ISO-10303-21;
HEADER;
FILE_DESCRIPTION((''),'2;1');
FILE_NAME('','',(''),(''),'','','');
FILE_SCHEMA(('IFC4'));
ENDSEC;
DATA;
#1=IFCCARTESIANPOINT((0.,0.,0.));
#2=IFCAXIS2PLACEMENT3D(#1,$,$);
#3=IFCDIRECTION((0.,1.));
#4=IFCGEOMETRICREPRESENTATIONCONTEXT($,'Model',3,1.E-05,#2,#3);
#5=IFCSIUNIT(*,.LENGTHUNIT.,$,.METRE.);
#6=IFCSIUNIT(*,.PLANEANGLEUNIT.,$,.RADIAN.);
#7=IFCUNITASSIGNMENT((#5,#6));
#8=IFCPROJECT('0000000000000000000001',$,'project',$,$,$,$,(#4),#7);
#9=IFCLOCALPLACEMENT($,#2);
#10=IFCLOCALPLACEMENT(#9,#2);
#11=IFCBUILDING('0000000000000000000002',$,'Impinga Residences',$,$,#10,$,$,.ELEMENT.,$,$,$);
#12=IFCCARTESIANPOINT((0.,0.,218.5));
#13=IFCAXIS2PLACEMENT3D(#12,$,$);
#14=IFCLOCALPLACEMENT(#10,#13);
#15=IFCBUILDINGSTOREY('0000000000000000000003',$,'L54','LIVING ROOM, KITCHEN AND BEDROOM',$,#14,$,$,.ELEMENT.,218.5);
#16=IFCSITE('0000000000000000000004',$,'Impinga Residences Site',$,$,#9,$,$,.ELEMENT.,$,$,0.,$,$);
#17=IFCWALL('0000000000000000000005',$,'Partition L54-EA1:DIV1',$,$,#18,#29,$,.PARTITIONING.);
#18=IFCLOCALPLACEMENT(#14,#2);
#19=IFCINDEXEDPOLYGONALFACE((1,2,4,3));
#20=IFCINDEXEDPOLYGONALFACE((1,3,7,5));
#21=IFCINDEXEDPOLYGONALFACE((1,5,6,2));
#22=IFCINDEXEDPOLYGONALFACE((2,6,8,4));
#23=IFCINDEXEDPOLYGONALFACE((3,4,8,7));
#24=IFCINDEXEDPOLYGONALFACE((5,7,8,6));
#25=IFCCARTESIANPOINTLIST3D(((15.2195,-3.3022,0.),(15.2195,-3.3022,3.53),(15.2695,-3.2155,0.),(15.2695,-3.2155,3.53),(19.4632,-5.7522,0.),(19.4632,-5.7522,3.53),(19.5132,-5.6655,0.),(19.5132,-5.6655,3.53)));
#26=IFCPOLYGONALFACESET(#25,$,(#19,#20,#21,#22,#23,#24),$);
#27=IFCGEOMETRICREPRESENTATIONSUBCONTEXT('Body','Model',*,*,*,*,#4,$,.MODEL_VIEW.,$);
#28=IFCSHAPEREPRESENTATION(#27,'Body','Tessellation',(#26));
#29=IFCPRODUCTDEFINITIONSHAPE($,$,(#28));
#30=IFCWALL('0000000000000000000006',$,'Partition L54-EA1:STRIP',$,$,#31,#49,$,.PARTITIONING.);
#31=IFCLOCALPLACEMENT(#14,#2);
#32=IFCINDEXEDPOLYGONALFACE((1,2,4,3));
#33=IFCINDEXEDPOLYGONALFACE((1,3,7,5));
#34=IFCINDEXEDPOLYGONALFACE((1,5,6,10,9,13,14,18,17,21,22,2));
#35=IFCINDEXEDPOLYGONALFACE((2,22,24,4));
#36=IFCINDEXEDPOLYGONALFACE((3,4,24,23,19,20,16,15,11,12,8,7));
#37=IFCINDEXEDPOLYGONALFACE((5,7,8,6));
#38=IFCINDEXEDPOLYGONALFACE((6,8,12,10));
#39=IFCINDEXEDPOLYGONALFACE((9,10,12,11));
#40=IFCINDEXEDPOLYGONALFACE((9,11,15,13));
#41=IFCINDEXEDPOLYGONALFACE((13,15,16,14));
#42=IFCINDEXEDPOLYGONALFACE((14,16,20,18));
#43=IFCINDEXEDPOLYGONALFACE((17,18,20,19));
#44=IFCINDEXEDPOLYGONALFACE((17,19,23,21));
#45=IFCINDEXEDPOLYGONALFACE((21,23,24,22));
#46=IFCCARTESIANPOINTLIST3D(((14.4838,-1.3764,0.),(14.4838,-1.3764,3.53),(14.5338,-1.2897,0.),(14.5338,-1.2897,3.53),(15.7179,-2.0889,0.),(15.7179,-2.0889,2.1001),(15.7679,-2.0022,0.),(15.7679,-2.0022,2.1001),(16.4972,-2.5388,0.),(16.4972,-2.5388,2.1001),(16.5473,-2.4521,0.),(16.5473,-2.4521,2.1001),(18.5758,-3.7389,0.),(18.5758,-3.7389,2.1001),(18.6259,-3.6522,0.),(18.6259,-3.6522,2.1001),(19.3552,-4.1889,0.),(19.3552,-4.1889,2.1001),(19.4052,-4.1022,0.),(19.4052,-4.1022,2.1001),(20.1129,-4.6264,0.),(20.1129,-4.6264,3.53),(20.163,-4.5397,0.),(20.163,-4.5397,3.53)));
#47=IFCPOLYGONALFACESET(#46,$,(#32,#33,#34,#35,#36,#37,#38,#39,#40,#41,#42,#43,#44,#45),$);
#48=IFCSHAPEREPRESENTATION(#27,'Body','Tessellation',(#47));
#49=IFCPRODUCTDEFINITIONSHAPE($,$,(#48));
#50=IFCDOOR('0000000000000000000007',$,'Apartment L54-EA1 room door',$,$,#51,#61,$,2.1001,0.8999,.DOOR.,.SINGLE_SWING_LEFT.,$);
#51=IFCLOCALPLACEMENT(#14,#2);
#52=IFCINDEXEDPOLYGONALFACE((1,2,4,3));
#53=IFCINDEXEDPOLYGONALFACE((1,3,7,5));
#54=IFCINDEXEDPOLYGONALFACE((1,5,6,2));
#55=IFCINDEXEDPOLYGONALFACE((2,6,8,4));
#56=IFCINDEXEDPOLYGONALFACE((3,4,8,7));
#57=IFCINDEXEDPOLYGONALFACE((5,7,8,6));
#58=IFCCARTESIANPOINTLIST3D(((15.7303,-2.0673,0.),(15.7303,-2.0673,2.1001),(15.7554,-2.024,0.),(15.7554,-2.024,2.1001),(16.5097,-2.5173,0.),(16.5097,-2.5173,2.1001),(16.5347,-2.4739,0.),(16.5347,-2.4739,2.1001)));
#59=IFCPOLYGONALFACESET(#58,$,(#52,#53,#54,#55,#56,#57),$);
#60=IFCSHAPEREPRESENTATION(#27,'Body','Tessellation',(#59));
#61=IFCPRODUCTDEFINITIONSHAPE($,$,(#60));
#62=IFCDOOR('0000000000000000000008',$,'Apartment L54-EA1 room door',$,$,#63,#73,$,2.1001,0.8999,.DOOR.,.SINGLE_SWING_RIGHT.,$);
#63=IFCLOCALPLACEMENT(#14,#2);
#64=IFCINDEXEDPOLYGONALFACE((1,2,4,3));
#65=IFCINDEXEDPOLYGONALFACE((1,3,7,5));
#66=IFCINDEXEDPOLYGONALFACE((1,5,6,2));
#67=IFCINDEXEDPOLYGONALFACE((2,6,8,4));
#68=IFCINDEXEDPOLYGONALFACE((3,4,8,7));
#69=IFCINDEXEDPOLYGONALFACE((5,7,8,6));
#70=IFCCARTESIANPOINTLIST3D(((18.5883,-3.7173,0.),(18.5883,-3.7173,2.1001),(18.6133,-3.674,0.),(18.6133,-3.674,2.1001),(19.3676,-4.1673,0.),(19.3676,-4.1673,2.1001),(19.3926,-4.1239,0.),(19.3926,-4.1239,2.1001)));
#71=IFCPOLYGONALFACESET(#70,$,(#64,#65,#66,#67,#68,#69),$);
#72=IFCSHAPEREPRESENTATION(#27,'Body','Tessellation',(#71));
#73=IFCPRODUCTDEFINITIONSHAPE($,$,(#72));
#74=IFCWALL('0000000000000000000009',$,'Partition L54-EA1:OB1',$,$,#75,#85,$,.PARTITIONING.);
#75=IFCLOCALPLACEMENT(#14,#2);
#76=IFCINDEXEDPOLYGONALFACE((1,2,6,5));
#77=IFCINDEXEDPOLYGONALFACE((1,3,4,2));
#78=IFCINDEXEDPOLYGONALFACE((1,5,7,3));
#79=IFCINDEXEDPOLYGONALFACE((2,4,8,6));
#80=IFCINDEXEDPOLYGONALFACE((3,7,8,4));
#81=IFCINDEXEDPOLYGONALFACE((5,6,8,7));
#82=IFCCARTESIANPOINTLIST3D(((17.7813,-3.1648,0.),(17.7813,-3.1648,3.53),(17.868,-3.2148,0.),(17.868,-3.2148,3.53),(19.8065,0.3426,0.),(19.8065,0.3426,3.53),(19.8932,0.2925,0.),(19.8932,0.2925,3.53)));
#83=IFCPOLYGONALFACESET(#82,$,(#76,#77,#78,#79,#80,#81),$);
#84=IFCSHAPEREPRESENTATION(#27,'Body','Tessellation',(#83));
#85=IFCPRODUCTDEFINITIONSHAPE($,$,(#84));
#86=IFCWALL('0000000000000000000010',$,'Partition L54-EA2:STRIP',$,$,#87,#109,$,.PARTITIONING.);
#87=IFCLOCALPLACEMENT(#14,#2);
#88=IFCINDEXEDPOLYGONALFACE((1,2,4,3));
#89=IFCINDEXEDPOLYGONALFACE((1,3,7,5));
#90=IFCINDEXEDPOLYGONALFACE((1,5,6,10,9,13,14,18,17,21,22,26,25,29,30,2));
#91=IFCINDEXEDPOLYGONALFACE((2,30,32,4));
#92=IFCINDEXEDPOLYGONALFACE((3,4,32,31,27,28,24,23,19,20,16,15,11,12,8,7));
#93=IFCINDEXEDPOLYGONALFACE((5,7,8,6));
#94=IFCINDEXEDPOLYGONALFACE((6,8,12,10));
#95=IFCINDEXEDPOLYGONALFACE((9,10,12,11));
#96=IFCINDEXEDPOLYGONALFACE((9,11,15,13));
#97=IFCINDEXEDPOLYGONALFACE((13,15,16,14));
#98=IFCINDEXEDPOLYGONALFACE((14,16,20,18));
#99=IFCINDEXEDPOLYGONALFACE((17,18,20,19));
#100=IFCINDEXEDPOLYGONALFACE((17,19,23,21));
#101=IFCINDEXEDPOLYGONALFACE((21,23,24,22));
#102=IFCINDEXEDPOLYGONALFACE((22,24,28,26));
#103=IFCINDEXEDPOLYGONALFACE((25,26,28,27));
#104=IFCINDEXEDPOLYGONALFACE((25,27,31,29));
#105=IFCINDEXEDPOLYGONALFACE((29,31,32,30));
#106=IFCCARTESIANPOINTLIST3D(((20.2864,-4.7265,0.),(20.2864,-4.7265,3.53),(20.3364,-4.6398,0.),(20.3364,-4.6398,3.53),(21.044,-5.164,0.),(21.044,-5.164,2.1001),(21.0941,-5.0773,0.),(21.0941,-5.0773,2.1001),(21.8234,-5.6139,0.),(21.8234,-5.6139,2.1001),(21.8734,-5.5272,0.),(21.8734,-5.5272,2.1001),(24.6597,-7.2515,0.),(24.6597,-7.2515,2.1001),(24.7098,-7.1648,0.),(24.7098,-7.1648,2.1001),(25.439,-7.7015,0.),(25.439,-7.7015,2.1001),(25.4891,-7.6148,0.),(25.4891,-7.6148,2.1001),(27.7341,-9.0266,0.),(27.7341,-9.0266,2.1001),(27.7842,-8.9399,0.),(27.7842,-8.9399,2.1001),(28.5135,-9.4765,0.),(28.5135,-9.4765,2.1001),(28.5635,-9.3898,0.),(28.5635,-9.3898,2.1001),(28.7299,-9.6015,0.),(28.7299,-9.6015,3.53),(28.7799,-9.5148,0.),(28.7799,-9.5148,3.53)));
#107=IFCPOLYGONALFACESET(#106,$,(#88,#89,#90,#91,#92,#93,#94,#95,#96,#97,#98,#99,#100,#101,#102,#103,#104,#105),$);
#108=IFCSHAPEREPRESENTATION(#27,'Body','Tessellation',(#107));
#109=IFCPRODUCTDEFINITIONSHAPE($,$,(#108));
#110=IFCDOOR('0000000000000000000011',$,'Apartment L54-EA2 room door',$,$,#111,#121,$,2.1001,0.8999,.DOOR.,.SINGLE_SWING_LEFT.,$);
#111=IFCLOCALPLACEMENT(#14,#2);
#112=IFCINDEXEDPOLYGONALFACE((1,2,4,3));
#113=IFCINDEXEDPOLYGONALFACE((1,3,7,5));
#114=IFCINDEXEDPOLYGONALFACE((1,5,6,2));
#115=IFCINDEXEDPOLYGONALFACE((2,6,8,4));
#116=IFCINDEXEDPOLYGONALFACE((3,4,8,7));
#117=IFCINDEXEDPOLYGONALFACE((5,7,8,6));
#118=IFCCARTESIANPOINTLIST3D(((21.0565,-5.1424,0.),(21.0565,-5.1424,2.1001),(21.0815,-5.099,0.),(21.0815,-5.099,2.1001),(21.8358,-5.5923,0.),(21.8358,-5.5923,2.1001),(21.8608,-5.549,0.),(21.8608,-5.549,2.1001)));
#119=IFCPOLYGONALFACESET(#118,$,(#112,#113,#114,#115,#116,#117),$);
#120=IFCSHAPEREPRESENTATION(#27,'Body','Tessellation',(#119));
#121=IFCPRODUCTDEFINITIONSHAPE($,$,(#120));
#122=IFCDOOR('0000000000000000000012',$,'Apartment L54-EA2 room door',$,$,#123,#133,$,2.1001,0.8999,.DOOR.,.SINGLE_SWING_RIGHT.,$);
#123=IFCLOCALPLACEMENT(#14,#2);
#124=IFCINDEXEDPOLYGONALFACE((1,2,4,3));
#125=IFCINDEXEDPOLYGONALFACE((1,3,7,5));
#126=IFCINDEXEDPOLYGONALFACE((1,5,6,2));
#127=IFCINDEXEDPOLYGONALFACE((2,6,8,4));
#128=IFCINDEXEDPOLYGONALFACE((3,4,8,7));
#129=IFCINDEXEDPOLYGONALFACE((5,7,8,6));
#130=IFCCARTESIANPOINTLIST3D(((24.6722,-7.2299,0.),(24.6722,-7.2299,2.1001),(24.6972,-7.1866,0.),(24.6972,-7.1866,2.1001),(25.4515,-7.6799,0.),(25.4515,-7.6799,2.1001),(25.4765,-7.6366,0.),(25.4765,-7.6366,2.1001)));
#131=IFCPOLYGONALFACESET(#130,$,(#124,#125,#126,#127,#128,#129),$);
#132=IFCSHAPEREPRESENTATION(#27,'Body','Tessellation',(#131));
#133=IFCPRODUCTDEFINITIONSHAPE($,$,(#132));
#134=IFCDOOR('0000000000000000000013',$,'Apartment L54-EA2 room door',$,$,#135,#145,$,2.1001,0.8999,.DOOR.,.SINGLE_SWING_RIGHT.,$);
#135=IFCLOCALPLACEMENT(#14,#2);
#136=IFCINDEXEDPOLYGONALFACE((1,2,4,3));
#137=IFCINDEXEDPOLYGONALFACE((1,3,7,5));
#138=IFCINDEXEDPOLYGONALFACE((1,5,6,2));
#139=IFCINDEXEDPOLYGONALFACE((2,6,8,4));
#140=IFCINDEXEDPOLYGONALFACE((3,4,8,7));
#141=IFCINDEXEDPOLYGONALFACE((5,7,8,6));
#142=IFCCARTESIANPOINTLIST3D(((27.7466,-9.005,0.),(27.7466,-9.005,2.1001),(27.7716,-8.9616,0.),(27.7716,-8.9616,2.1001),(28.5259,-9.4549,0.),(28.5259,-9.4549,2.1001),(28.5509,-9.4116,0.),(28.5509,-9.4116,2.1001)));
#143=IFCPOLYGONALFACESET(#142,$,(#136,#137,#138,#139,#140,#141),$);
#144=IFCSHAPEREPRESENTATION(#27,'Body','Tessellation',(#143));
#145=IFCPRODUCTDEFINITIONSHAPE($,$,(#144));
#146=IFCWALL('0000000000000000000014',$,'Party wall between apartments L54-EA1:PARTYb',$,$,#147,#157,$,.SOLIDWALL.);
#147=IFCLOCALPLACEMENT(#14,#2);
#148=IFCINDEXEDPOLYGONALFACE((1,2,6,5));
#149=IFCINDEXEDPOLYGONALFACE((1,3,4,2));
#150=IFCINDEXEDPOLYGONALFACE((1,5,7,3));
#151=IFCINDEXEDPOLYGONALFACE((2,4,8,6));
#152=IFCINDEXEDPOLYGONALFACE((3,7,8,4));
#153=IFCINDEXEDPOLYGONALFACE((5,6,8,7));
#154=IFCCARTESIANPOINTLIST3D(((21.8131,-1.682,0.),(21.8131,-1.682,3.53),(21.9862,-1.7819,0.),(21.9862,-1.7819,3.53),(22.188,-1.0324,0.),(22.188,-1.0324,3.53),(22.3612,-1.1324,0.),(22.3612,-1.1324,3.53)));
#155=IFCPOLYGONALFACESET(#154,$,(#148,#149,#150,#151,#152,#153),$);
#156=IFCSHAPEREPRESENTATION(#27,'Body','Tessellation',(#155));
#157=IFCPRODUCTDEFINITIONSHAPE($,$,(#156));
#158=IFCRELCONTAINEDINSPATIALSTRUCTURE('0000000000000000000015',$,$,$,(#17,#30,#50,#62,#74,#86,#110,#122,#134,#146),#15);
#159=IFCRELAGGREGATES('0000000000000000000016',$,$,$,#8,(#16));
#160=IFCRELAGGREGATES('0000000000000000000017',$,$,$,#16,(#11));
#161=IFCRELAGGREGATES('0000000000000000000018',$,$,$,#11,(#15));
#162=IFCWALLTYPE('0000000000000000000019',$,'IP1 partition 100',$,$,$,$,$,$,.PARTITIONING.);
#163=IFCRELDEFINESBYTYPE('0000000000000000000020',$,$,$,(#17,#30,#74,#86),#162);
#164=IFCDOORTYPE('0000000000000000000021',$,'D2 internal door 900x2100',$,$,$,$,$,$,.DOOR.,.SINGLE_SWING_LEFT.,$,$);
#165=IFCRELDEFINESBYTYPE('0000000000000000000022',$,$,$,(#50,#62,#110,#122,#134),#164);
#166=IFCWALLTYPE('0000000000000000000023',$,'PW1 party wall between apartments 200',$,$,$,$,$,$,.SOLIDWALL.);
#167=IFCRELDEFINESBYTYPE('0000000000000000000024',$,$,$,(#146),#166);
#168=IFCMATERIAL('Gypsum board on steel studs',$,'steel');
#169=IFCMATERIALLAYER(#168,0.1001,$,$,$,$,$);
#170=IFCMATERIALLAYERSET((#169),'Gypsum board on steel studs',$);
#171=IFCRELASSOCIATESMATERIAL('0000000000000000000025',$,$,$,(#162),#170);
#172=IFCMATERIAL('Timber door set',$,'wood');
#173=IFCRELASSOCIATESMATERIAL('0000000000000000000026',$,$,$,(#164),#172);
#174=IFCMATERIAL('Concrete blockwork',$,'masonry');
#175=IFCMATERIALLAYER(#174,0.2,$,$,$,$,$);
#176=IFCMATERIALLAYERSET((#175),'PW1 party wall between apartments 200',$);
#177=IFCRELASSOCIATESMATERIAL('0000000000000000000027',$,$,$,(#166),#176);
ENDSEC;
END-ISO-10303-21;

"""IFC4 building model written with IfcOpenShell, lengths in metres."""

from ifc_helpers import new_model, si_unit, direction, frame, frame_2d, origin, place, context, subcontext, project, spatial, rectangle, extrude, material, layer, layer_set, type_object, element, fill, save


model = new_model("IFC4")

# Units and contexts
model_context = context("Model", 3, precision=1e-05, world=origin(), true_north=direction((0.0, 1.0)))
body_context = subcontext(model_context, "Body", "Model", "MODEL_VIEW")
ifc_project = project(units=[si_unit("LENGTHUNIT", "METRE"), si_unit("PLANEANGLEUNIT", "RADIAN")], contexts=[model_context])

# Site, building, storey
site_placement = place(None, origin())
site = spatial("IfcSite", under=ifc_project, at=site_placement, Name="Impinga Residences Site", CompositionType="ELEMENT", RefElevation=0.0)
building_placement = place(site_placement, origin())
building = spatial("IfcBuilding", under=site, at=building_placement, Name="Impinga Residences", CompositionType="ELEMENT")
storey_placement = place(building_placement, frame((0.0, 0.0, 218.5)))
storey = spatial("IfcBuildingStorey", under=building, at=storey_placement, Name="L54", Description="LIVING ROOM, KITCHEN AND BEDROOM", CompositionType="ELEMENT", Elevation=218.5)

# Wall
ifc_material_1 = material(Name="Gypsum board on steel studs", Category="steel")
ifc_layer_1 = layer(ifc_material_1, 0.1001)
ifc_layer_set_1 = layer_set([ifc_layer_1], Name="Gypsum board on steel studs")
wall_type_1 = type_object("IfcWallType", Name="IP1 partition 100", PredefinedType="PARTITIONING", material=ifc_layer_set_1)
wall_1_placement = place(storey_placement, frame((15.2444, -3.2588, 0.0), z_axis=(0.0, 0.0, 1.0), x_axis=(0.866036, -0.499981, 0.0)))
element("IfcWall", 1, at=wall_1_placement, inside=storey, type_object=wall_type_1, Name="Partition L54-EA1:DIV1", PredefinedType="PARTITIONING", context=body_context, shape_type="SweptSolid", body=[
    extrude(rectangle(XDim=4.9001, YDim=0.1001, at=frame_2d((2.4502, 0.0))), origin(), (0.0, 0.0, 1.0), 3.53),
])

# Wall, openings, doors
wall_2_placement = place(storey_placement, frame((14.5088, -1.333, 0.0), z_axis=(0.0, 0.0, 1.0), x_axis=(0.866025, -0.500001, 0.0)))
wall_2 = element("IfcWall", 2, at=wall_2_placement, inside=storey, type_object=wall_type_1, Name="Partition L54-EA1:STRIP", PredefinedType="PARTITIONING", context=body_context, shape_type="SweptSolid", body=[
    extrude(rectangle(XDim=6.5, YDim=0.1001, at=frame_2d((3.25, 0.0))), origin(), (0.0, 0.0, 1.0), 3.53),
])
opening_1_placement = place(wall_2_placement, frame((1.425, 0.0, 0.0)))
opening_1 = element("IfcOpeningElement", 3, at=opening_1_placement, cuts=wall_2, PredefinedType="OPENING", context=body_context, shape_type="SweptSolid", body=[
    extrude(rectangle(XDim=0.8999, YDim=2.1001, at=frame_2d((0.45, 1.05))), frame((0.0, 0.0601, 0.0), z_axis=(0.0, -1.0, 0.0), x_axis=(1.0, 0.0, 0.0)), (0.0, 0.0, 1.0), 0.1201),
])
opening_2_placement = place(wall_2_placement, frame((4.7251, 0.0, 0.0)))
opening_2 = element("IfcOpeningElement", 4, at=opening_2_placement, cuts=wall_2, PredefinedType="OPENING", context=body_context, shape_type="SweptSolid", body=[
    extrude(rectangle(XDim=0.8999, YDim=2.1001, at=frame_2d((0.45, 1.05))), frame((0.0, 0.0601, 0.0), z_axis=(0.0, -1.0, 0.0), x_axis=(1.0, 0.0, 0.0)), (0.0, 0.0, 1.0), 0.1201),
])
ifc_material_2 = material(Name="Timber door set", Category="wood")
door_type = type_object("IfcDoorType", Name="D2 internal door 900x2100", OperationType="SINGLE_SWING_LEFT", PredefinedType="DOOR", material=ifc_material_2)
door_1_placement = place(opening_1_placement, origin())
door_1 = element("IfcDoor", 5, at=door_1_placement, inside=storey, type_object=door_type, Name="Apartment L54-EA1 room door", OperationType="SINGLE_SWING_LEFT", OverallHeight=2.1001, OverallWidth=0.8999, PredefinedType="DOOR", context=body_context, shape_type="SweptSolid", body=[
    extrude(rectangle(XDim=0.8999, YDim=2.1001, at=frame_2d((0.45, 1.05))), frame((0.0, 0.0249, 0.0), z_axis=(0.0, -1.0, 0.0), x_axis=(1.0, 0.0, 0.0)), (0.0, 0.0, 1.0), 0.05),
])
fill(opening_1, door_1)
door_2_placement = place(opening_2_placement, origin())
door_2 = element("IfcDoor", 6, at=door_2_placement, inside=storey, type_object=door_type, Name="Apartment L54-EA1 room door", OperationType="SINGLE_SWING_RIGHT", OverallHeight=2.1001, OverallWidth=0.8999, PredefinedType="DOOR", context=body_context, shape_type="SweptSolid", body=[
    extrude(rectangle(XDim=0.8999, YDim=2.1001, at=frame_2d((0.45, 1.05))), frame((0.0, 0.0249, 0.0), z_axis=(0.0, -1.0, 0.0), x_axis=(1.0, 0.0, 0.0)), (0.0, 0.0, 1.0), 0.05),
])
fill(opening_2, door_2)

# Wall
wall_3_placement = place(storey_placement, frame((17.8247, -3.1897, 0.0), z_axis=(0.0, 0.0, 1.0), x_axis=(0.500036, 0.866005, 0.0)))
element("IfcWall", 7, at=wall_3_placement, inside=storey, type_object=wall_type_1, Name="Partition L54-EA1:OB1", PredefinedType="PARTITIONING", context=body_context, shape_type="SweptSolid", body=[
    extrude(rectangle(XDim=4.05, YDim=0.1001, at=frame_2d((2.0249, 0.0))), origin(), (0.0, 0.0, 1.0), 3.53),
])

# Wall, openings, doors
wall_4_placement = place(storey_placement, frame((20.3113, -4.6831, 0.0), z_axis=(0.0, 0.0, 1.0), x_axis=(0.866022, -0.500006, 0.0)))
wall_4 = element("IfcWall", 8, at=wall_4_placement, inside=storey, type_object=wall_type_1, Name="Partition L54-EA2:STRIP", PredefinedType="PARTITIONING", context=body_context, shape_type="SweptSolid", body=[
    extrude(rectangle(XDim=9.7498, YDim=0.1001, at=frame_2d((4.875, 0.0))), origin(), (0.0, 0.0, 1.0), 3.53),
])
opening_3_placement = place(wall_4_placement, frame((0.875, 0.0, 0.0)))
opening_3 = element("IfcOpeningElement", 9, at=opening_3_placement, cuts=wall_4, PredefinedType="OPENING", context=body_context, shape_type="SweptSolid", body=[
    extrude(rectangle(XDim=0.8999, YDim=2.1001, at=frame_2d((0.45, 1.05))), frame((0.0, 0.0601, 0.0), z_axis=(0.0, -1.0, 0.0), x_axis=(1.0, 0.0, 0.0)), (0.0, 0.0, 1.0), 0.1201),
])
opening_4_placement = place(wall_4_placement, frame((5.05, 0.0, 0.0)))
opening_4 = element("IfcOpeningElement", 10, at=opening_4_placement, cuts=wall_4, PredefinedType="OPENING", context=body_context, shape_type="SweptSolid", body=[
    extrude(rectangle(XDim=0.8999, YDim=2.1001, at=frame_2d((0.45, 1.05))), frame((0.0, 0.0601, 0.0), z_axis=(0.0, -1.0, 0.0), x_axis=(1.0, 0.0, 0.0)), (0.0, 0.0, 1.0), 0.1201),
])
opening_5_placement = place(wall_4_placement, frame((8.6001, 0.0, 0.0)))
opening_5 = element("IfcOpeningElement", 11, at=opening_5_placement, cuts=wall_4, PredefinedType="OPENING", context=body_context, shape_type="SweptSolid", body=[
    extrude(rectangle(XDim=0.8999, YDim=2.1001, at=frame_2d((0.45, 1.05))), frame((0.0, 0.0601, 0.0), z_axis=(0.0, -1.0, 0.0), x_axis=(1.0, 0.0, 0.0)), (0.0, 0.0, 1.0), 0.1201),
])
door_3_placement = place(opening_3_placement, origin())
door_3 = element("IfcDoor", 12, at=door_3_placement, inside=storey, type_object=door_type, Name="Apartment L54-EA2 room door", OperationType="SINGLE_SWING_LEFT", OverallHeight=2.1001, OverallWidth=0.8999, PredefinedType="DOOR", context=body_context, shape_type="SweptSolid", body=[
    extrude(rectangle(XDim=0.8999, YDim=2.1001, at=frame_2d((0.45, 1.05))), frame((0.0, 0.0249, 0.0), z_axis=(0.0, -1.0, 0.0), x_axis=(1.0, 0.0, 0.0)), (0.0, 0.0, 1.0), 0.05),
])
fill(opening_3, door_3)
door_4_placement = place(opening_4_placement, origin())
door_4 = element("IfcDoor", 13, at=door_4_placement, inside=storey, type_object=door_type, Name="Apartment L54-EA2 room door", OperationType="SINGLE_SWING_RIGHT", OverallHeight=2.1001, OverallWidth=0.8999, PredefinedType="DOOR", context=body_context, shape_type="SweptSolid", body=[
    extrude(rectangle(XDim=0.8999, YDim=2.1001, at=frame_2d((0.45, 1.05))), frame((0.0, 0.0249, 0.0), z_axis=(0.0, -1.0, 0.0), x_axis=(1.0, 0.0, 0.0)), (0.0, 0.0, 1.0), 0.05),
])
fill(opening_4, door_4)
door_5_placement = place(opening_5_placement, origin())
door_5 = element("IfcDoor", 14, at=door_5_placement, inside=storey, type_object=door_type, Name="Apartment L54-EA2 room door", OperationType="SINGLE_SWING_RIGHT", OverallHeight=2.1001, OverallWidth=0.8999, PredefinedType="DOOR", context=body_context, shape_type="SweptSolid", body=[
    extrude(rectangle(XDim=0.8999, YDim=2.1001, at=frame_2d((0.45, 1.05))), frame((0.0, 0.0249, 0.0), z_axis=(0.0, -1.0, 0.0), x_axis=(1.0, 0.0, 0.0)), (0.0, 0.0, 1.0), 0.05),
])
fill(opening_5, door_5)

# Wall
ifc_material_3 = material(Name="Concrete blockwork", Category="masonry")
ifc_layer_2 = layer(ifc_material_3, 0.2)
ifc_layer_set_2 = layer_set([ifc_layer_2], Name="PW1 party wall between apartments 200")
wall_type_2 = type_object("IfcWallType", Name="PW1 party wall between apartments 200", PredefinedType="SOLIDWALL", material=ifc_layer_set_2)
wall_5_placement = place(storey_placement, frame((21.8997, -1.7319, 0.0), z_axis=(0.0, 0.0, 1.0), x_axis=(0.49992, 0.866072, 0.0)))
element("IfcWall", 15, at=wall_5_placement, inside=storey, type_object=wall_type_2, Name="Party wall between apartments L54-EA1:PARTYb", PredefinedType="SOLIDWALL", context=body_context, shape_type="SweptSolid", body=[
    extrude(rectangle(XDim=0.75, YDim=0.2, at=frame_2d((0.375, 0.0))), origin(), (0.0, 0.0, 1.0), 3.53),
])

save(model, "model.ifc")
